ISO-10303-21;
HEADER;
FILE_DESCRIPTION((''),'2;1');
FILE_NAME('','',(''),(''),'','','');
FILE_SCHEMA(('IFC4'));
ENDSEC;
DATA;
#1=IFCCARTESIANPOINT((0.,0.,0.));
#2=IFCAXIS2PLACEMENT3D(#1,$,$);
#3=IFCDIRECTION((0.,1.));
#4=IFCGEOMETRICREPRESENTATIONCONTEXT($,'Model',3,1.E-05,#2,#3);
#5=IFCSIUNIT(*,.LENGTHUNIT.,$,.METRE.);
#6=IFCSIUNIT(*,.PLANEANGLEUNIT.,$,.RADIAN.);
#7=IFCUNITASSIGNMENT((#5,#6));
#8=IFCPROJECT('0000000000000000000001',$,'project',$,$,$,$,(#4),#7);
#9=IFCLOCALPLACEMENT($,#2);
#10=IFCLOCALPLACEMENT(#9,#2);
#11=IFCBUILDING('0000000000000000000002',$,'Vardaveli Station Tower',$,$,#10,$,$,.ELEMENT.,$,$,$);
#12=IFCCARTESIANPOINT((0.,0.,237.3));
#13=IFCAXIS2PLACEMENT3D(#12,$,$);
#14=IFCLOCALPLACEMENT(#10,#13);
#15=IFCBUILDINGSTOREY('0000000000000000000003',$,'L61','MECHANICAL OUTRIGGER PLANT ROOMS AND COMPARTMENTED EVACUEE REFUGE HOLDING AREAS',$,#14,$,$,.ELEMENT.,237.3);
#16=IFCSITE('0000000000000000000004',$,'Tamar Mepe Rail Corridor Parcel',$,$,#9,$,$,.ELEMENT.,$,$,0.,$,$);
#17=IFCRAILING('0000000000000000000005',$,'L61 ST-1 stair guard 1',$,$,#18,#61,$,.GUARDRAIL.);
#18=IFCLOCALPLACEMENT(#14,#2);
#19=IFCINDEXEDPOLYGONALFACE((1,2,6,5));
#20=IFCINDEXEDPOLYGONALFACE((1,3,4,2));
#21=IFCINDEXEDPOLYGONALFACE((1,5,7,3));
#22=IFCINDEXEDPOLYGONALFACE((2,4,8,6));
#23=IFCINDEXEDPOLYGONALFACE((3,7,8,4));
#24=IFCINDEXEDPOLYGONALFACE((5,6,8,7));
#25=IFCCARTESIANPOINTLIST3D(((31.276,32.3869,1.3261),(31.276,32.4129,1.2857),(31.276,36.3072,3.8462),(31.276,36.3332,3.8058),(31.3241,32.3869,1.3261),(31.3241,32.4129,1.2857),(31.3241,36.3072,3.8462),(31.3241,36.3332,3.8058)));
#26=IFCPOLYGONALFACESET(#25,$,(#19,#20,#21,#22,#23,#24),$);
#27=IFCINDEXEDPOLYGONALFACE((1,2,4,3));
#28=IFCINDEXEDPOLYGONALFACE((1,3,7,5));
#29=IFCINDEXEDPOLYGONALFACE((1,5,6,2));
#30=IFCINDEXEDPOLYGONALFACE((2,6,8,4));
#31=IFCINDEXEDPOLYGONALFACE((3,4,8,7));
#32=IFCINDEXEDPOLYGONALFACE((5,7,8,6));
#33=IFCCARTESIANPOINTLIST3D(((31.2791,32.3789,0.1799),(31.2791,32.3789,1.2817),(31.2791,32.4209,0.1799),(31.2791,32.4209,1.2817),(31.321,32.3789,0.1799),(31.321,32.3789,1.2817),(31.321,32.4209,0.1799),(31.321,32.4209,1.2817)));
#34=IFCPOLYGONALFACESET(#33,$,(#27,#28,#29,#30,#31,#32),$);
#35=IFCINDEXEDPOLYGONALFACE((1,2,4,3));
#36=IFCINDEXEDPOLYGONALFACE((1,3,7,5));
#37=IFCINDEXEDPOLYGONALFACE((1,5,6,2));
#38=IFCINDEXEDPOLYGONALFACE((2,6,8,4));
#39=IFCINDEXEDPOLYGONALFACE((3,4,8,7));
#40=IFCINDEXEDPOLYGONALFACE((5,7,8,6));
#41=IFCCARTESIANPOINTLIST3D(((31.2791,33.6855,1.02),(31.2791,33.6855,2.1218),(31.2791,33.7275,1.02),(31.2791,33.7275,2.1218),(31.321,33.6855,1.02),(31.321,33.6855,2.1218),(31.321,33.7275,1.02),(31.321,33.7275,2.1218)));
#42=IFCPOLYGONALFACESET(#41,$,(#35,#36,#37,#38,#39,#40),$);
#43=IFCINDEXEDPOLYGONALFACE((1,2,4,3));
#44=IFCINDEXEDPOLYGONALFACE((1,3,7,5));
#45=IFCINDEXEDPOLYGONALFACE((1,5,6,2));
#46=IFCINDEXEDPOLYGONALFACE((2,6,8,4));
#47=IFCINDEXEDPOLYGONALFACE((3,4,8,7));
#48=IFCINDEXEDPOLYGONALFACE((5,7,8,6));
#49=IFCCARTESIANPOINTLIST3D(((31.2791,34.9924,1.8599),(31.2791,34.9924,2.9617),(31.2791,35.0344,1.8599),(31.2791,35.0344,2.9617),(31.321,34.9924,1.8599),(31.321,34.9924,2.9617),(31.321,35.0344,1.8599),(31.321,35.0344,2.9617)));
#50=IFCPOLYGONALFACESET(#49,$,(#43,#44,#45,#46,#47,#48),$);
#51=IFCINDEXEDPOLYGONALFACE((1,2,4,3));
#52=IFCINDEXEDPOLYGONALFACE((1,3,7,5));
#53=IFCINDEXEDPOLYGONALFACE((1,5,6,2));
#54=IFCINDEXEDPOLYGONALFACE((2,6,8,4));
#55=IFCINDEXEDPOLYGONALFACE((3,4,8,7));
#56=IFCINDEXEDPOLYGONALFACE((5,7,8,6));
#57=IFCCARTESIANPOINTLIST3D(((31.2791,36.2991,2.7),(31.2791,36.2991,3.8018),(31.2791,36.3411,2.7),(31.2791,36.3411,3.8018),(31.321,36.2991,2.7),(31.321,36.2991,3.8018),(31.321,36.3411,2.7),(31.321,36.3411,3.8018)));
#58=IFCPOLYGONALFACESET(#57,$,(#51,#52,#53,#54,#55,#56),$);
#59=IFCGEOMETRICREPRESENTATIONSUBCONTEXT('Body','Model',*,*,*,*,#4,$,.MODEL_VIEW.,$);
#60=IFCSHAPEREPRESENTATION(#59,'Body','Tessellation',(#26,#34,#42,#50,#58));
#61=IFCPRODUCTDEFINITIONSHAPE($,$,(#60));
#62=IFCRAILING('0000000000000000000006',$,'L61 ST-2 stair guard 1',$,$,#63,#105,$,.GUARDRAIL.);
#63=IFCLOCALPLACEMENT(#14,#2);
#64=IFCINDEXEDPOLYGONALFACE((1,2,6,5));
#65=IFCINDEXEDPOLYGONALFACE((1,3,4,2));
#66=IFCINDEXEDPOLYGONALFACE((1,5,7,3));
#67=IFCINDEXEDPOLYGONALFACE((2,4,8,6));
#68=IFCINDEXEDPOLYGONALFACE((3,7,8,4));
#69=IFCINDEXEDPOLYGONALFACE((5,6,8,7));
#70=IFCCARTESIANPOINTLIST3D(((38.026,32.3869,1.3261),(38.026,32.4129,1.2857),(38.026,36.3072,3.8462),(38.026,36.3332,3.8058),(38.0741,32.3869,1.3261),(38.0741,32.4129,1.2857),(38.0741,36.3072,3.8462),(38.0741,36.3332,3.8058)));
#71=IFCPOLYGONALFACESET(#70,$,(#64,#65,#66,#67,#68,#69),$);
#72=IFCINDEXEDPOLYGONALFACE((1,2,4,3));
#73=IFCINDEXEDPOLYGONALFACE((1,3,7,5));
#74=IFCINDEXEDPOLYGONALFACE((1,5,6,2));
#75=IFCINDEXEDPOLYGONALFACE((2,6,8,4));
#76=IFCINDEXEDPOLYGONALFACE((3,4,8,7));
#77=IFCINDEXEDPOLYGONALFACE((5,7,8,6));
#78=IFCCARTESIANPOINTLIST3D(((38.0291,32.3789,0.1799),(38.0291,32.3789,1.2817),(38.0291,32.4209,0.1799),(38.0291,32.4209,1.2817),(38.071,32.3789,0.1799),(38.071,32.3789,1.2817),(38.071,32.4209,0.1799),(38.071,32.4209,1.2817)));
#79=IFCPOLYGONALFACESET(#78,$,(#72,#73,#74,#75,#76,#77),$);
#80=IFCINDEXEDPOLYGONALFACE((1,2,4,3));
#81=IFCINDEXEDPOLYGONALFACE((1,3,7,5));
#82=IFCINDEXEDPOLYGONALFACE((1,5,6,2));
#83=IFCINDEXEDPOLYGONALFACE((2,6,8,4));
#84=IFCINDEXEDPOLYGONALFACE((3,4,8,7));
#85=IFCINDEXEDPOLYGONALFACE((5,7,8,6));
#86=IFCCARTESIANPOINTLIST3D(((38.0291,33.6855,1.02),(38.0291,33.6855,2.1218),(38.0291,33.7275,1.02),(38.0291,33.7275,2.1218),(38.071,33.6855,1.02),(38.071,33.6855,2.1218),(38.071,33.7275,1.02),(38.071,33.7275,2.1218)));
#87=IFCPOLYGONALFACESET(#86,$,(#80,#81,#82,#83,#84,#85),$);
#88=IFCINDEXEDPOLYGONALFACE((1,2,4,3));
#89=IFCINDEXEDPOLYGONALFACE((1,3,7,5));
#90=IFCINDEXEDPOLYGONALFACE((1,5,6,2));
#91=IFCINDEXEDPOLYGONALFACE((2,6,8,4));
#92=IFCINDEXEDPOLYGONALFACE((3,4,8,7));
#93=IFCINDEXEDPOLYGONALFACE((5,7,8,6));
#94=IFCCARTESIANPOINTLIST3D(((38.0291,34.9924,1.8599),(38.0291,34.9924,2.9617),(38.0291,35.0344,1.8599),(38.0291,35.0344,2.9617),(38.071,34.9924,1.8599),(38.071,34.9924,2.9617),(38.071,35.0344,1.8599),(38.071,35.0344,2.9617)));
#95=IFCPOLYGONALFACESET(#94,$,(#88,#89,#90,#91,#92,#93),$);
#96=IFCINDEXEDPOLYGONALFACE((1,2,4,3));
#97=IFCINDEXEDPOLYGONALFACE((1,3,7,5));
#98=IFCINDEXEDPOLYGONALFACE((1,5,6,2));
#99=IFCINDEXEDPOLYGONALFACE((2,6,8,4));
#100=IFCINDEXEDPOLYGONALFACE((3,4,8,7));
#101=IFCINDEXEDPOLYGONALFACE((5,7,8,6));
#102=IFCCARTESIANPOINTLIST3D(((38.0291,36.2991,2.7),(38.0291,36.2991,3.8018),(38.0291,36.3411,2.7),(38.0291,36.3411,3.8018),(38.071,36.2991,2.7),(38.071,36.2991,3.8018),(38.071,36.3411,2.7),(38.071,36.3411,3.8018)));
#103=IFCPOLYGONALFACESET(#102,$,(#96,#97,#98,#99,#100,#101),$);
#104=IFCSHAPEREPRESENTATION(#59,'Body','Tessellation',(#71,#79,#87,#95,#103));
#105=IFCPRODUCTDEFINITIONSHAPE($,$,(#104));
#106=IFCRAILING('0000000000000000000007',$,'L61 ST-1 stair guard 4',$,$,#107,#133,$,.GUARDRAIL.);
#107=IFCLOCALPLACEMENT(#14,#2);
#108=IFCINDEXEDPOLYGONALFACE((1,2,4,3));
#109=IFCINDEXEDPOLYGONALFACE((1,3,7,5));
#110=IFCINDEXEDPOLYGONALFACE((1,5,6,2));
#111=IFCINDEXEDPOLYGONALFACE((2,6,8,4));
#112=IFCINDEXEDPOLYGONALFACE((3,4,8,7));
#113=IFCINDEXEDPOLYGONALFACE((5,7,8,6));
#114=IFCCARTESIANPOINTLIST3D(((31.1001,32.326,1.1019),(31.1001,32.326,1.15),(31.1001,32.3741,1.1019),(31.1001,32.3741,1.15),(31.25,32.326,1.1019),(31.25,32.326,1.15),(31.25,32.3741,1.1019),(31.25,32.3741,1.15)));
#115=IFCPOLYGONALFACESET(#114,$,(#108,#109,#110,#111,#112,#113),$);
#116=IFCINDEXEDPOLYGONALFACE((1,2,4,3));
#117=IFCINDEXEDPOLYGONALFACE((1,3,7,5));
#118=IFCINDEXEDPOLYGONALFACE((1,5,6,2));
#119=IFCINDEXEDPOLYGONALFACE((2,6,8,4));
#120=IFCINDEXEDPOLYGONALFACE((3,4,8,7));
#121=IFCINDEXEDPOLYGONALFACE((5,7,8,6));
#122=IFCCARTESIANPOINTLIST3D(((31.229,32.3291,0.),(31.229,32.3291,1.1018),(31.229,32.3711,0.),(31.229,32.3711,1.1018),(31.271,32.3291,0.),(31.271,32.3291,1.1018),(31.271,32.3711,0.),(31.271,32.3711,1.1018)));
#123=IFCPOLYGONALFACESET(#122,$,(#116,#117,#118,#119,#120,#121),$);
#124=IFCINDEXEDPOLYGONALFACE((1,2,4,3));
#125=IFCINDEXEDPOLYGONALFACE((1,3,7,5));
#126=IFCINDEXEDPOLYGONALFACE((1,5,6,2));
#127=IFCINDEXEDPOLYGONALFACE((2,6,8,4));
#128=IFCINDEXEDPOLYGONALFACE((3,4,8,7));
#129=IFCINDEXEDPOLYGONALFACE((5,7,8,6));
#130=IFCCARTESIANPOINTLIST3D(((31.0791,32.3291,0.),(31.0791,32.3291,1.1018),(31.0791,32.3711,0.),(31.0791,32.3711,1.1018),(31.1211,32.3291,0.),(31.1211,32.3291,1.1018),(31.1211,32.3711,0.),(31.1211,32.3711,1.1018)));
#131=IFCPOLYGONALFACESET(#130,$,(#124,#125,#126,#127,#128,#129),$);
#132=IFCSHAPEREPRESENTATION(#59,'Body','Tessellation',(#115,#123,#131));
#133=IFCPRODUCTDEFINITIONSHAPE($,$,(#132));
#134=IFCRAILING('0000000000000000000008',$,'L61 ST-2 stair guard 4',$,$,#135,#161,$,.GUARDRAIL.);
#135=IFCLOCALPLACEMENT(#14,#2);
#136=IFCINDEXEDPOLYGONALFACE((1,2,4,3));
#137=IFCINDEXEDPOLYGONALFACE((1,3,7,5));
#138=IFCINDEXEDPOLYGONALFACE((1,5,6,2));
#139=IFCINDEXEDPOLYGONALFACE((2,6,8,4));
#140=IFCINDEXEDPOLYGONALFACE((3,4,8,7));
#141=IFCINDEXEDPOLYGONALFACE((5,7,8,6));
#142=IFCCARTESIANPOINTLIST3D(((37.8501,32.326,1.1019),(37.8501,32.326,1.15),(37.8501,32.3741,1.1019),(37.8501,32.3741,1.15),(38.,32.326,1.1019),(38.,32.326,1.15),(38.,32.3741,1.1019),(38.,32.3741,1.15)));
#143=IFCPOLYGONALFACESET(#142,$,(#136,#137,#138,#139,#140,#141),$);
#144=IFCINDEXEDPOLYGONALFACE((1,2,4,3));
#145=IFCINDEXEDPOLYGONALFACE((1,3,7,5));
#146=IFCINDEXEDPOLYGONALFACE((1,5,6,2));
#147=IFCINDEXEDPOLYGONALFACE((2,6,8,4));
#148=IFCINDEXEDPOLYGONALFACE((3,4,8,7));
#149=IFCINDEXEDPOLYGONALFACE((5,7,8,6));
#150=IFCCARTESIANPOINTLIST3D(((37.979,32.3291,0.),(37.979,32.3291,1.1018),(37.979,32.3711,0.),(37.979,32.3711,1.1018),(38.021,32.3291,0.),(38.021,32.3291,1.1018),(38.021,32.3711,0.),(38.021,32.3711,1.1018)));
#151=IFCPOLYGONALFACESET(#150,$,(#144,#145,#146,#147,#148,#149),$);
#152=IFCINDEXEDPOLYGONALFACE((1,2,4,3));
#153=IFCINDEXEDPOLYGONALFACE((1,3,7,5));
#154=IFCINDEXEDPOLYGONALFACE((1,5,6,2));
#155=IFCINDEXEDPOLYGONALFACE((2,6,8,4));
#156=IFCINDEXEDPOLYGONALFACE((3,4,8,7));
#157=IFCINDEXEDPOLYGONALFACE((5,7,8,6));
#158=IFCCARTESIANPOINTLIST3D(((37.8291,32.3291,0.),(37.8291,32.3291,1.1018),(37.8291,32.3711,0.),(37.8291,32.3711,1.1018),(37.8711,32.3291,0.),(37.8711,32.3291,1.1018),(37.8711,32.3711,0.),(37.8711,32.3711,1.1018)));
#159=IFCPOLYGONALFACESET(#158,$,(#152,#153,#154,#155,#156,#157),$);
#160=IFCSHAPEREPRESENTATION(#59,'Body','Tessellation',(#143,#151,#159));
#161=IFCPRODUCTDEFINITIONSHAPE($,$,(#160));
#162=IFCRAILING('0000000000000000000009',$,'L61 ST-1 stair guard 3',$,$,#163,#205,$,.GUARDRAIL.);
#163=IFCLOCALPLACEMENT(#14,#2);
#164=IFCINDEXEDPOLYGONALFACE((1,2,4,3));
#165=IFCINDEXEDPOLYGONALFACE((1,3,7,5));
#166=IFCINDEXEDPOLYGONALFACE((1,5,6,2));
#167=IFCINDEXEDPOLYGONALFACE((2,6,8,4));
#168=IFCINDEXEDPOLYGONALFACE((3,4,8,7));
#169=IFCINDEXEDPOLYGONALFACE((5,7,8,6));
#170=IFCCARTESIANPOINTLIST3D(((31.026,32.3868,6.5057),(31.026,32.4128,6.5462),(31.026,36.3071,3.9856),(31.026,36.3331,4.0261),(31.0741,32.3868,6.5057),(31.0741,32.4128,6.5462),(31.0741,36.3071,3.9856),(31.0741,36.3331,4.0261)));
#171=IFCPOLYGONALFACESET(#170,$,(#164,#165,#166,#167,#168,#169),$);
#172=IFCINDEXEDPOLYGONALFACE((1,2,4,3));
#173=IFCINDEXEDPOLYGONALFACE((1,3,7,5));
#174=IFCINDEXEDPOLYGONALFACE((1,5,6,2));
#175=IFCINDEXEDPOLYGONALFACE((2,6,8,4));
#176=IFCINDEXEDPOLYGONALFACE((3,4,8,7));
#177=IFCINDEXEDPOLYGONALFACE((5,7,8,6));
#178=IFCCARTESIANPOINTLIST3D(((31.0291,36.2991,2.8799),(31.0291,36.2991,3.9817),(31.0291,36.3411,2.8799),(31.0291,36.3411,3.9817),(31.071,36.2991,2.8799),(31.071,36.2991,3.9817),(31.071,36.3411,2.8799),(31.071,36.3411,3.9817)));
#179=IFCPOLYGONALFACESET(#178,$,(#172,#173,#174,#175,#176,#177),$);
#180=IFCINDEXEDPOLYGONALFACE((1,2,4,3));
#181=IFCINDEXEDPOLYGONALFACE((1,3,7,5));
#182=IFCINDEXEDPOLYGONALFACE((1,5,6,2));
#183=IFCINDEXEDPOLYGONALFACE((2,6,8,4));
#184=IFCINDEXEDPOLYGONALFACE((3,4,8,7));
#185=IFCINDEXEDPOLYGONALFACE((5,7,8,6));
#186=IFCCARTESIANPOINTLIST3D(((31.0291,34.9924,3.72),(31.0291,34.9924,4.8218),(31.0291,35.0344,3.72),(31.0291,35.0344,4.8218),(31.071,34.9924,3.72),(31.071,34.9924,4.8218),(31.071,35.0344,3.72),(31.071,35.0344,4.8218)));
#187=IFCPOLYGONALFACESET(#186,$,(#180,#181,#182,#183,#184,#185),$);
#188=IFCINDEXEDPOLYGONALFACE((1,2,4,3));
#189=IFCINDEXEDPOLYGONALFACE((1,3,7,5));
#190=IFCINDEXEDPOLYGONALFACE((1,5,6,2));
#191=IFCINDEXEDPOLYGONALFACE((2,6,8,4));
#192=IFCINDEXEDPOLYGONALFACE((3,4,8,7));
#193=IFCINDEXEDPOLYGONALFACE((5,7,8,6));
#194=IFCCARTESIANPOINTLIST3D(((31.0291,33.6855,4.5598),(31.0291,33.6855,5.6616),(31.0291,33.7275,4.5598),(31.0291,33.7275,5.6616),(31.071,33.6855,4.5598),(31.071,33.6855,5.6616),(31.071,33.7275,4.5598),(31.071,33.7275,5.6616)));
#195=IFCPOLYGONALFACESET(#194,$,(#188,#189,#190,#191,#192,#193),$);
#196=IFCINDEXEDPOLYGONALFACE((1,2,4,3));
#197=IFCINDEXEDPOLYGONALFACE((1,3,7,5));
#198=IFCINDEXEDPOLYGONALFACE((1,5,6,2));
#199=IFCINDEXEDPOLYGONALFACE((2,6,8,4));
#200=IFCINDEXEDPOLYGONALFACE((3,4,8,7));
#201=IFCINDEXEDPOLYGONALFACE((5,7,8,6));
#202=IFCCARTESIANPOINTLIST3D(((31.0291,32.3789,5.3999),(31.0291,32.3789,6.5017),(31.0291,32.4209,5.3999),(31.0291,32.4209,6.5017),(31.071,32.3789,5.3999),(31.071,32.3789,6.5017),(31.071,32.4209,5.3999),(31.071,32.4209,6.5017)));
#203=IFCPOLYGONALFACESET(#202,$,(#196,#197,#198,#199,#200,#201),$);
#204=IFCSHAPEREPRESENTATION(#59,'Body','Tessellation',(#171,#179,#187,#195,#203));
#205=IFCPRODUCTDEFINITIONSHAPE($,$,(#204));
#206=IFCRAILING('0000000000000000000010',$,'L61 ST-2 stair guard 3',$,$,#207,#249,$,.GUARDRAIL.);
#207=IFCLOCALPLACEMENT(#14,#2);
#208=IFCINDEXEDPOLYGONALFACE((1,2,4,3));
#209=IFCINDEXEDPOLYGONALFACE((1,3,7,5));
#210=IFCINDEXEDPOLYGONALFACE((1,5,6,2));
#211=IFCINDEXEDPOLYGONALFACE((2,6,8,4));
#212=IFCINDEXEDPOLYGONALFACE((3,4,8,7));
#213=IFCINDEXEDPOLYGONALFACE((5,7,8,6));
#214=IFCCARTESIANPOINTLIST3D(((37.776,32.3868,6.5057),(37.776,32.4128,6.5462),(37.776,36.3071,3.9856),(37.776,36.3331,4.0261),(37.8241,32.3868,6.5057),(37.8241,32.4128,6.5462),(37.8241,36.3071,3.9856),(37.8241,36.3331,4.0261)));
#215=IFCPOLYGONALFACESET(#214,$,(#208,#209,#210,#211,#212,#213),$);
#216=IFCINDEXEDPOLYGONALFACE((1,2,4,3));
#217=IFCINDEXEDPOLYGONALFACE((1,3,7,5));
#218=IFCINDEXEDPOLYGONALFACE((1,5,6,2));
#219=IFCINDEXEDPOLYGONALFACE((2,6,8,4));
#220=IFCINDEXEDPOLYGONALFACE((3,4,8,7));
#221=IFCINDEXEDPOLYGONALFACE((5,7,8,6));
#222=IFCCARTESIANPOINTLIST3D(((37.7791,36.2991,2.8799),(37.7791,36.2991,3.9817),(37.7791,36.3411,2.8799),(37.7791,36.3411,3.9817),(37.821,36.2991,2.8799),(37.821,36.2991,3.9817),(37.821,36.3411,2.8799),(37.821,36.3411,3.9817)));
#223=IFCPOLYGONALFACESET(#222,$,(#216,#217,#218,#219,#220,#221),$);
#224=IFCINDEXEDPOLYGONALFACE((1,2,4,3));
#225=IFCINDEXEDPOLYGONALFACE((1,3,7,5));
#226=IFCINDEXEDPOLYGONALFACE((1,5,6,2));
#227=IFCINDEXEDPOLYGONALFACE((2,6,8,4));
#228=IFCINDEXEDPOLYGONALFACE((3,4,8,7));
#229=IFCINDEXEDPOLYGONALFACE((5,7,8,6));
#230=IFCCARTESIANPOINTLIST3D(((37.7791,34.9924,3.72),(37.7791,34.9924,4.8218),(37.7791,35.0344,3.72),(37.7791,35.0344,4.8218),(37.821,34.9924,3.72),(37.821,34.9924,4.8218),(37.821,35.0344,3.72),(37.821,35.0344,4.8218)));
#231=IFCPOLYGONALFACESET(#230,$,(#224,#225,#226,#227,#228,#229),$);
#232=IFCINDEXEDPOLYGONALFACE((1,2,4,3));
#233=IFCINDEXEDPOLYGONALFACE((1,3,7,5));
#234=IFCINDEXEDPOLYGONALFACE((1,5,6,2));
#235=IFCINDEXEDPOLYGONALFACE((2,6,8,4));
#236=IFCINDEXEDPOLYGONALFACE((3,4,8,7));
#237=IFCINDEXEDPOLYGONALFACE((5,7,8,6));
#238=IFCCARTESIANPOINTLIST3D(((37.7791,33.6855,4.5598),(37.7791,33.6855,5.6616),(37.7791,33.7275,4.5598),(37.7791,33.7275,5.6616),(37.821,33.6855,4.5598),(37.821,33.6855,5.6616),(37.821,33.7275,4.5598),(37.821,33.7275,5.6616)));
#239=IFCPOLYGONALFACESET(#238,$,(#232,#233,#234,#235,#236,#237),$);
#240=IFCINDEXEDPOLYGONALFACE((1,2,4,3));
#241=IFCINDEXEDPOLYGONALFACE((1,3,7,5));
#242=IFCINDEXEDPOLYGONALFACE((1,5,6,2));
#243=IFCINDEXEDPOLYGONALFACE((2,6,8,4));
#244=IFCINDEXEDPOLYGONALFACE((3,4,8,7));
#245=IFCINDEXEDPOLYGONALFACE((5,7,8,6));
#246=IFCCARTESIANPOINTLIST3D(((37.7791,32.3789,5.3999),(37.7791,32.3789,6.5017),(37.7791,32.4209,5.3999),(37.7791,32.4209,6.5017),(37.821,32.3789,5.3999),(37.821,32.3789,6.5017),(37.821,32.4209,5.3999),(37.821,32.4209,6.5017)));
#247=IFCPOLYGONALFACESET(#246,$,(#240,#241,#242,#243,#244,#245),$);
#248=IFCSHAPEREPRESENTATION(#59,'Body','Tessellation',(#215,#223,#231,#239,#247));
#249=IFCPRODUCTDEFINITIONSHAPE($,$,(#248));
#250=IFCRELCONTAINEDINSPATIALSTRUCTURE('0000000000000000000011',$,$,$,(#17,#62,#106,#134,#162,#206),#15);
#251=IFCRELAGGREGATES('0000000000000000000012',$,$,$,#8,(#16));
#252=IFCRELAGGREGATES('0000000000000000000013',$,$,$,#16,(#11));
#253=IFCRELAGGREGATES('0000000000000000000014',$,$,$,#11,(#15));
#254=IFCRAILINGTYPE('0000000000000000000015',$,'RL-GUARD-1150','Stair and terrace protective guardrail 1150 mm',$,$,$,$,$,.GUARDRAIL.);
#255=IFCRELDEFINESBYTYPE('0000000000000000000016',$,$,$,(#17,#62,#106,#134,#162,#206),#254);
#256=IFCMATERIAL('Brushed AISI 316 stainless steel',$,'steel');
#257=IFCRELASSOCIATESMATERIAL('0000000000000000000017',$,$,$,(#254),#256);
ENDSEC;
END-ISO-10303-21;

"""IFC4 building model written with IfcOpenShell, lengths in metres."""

from ifc_helpers import new_model, si_unit, direction, frame, origin, origin_2d, place, context, subcontext, project, spatial, rectangle, extrude, source, transform, mapped, material, type_object, element, save


model = new_model("IFC4")

# Units and contexts
model_context = context("Model", 3, precision=1e-05, world=origin(), true_north=direction((0.0, 1.0)))
body_context = subcontext(model_context, "Body", "Model", "MODEL_VIEW")
ifc_project = project(units=[si_unit("LENGTHUNIT", "METRE"), si_unit("PLANEANGLEUNIT", "RADIAN")], contexts=[model_context])

# Site, building, storey
site_placement = place(None, origin())
site = spatial("IfcSite", under=ifc_project, at=site_placement, Name="Tamar Mepe Rail Corridor Parcel", CompositionType="ELEMENT", RefElevation=0.0)
building_placement = place(site_placement, origin())
building = spatial("IfcBuilding", under=site, at=building_placement, Name="Vardaveli Station Tower", CompositionType="ELEMENT")
storey_placement = place(building_placement, frame((0.0, 0.0, 237.3)))
storey = spatial("IfcBuildingStorey", under=building, at=storey_placement, Name="L61", Description="MECHANICAL OUTRIGGER PLANT ROOMS AND COMPARTMENTED EVACUEE REFUGE HOLDING AREAS", CompositionType="ELEMENT", Elevation=237.3)

# Railings
ifc_material_1 = material(Name="Brushed AISI 316 stainless steel", Category="steel")
railing_type_1 = type_object("IfcRailingType", Name="RL-GUARD-1150", Description="Stair and terrace protective guardrail 1150 mm", PredefinedType="GUARDRAIL", material=ifc_material_1)
shared_shape_1 = source(origin(), body_context, "Body", "SweptSolid", [
    extrude(rectangle(XDim=0.0481, YDim=0.0481, at=origin_2d()), frame((0.0, 0.0, 1.126), z_axis=(0.0, 0.841187, 0.540744), x_axis=(-1.0, 0.0, 0.0)), (0.0, 0.0, 1.0), 4.6604),
    extrude(rectangle(XDim=0.042, YDim=0.042, at=origin_2d()), origin(), (0.0, 0.0, 1.0), 1.1018),
    extrude(rectangle(XDim=0.042, YDim=0.042, at=origin_2d()), frame((0.0, 1.3066, 0.8401)), (0.0, 0.0, 1.0), 1.1018),
    extrude(rectangle(XDim=0.042, YDim=0.042, at=origin_2d()), frame((0.0, 2.6135, 1.6799)), (0.0, 0.0, 1.0), 1.1018),
    extrude(rectangle(XDim=0.042, YDim=0.042, at=origin_2d()), frame((0.0, 3.9202, 2.52)), (0.0, 0.0, 1.0), 1.1018),
])
for number, where, name in (
    (1, (31.3, 32.3999, 0.1799), "L61 ST-1 stair guard 1"),
    (2, (38.05, 32.3999, 0.1799), "L61 ST-2 stair guard 1"),
):
    element("IfcRailing", number, at=place(storey_placement, frame(where)), inside=storey, type_object=railing_type_1, Name=name, PredefinedType="GUARDRAIL", context=body_context, shape_type="MappedRepresentation", body=[
        mapped(shared_shape_1, transform((0.0, 0.0, 0.0), scale=1.0)),
    ])
shared_shape_2 = source(origin(), body_context, "Body", "SweptSolid", [
    extrude(rectangle(XDim=0.0481, YDim=0.0481, at=origin_2d()), frame((0.0, 0.0, 1.126), z_axis=(-1.0, 0.0, 0.0), x_axis=(0.0, -1.0, 0.0)), (0.0, 0.0, 1.0), 0.1499),
    extrude(rectangle(XDim=0.042, YDim=0.042, at=origin_2d()), origin(), (0.0, 0.0, 1.0), 1.1018),
    extrude(rectangle(XDim=0.042, YDim=0.042, at=origin_2d()), frame((-0.1499, 0.0, 0.0)), (0.0, 0.0, 1.0), 1.1018),
])
for number, where, name in (
    (3, (31.25, 32.3501, 0.0), "L61 ST-1 stair guard 4"),
    (4, (38.0, 32.3501, 0.0), "L61 ST-2 stair guard 4"),
):
    element("IfcRailing", number, at=place(storey_placement, frame(where)), inside=storey, type_object=railing_type_1, Name=name, PredefinedType="GUARDRAIL", context=body_context, shape_type="MappedRepresentation", body=[
        mapped(shared_shape_2, transform((0.0, 0.0, 0.0), scale=1.0)),
    ])
shared_shape_3 = source(origin(), body_context, "Body", "SweptSolid", [
    extrude(rectangle(XDim=0.0481, YDim=0.0481, at=origin_2d()), frame((0.0, 0.0, 1.126), z_axis=(0.0, -0.841187, 0.540744), x_axis=(1.0, 0.0, 0.0)), (0.0, 0.0, 1.0), 4.6604),
    extrude(rectangle(XDim=0.042, YDim=0.042, at=origin_2d()), origin(), (0.0, 0.0, 1.0), 1.1018),
    extrude(rectangle(XDim=0.042, YDim=0.042, at=origin_2d()), frame((0.0, -1.3066, 0.8401)), (0.0, 0.0, 1.0), 1.1018),
    extrude(rectangle(XDim=0.042, YDim=0.042, at=origin_2d()), frame((0.0, -2.6135, 1.6799)), (0.0, 0.0, 1.0), 1.1018),
    extrude(rectangle(XDim=0.042, YDim=0.042, at=origin_2d()), frame((0.0, -3.9202, 2.52)), (0.0, 0.0, 1.0), 1.1018),
])
for number, where, name in (
    (5, (31.05, 36.3201, 2.8799), "L61 ST-1 stair guard 3"),
    (6, (37.8, 36.3201, 2.8799), "L61 ST-2 stair guard 3"),
):
    element("IfcRailing", number, at=place(storey_placement, frame(where)), inside=storey, type_object=railing_type_1, Name=name, PredefinedType="GUARDRAIL", context=body_context, shape_type="MappedRepresentation", body=[
        mapped(shared_shape_3, transform((0.0, 0.0, 0.0), scale=1.0)),
    ])

save(model, "model.ifc")
